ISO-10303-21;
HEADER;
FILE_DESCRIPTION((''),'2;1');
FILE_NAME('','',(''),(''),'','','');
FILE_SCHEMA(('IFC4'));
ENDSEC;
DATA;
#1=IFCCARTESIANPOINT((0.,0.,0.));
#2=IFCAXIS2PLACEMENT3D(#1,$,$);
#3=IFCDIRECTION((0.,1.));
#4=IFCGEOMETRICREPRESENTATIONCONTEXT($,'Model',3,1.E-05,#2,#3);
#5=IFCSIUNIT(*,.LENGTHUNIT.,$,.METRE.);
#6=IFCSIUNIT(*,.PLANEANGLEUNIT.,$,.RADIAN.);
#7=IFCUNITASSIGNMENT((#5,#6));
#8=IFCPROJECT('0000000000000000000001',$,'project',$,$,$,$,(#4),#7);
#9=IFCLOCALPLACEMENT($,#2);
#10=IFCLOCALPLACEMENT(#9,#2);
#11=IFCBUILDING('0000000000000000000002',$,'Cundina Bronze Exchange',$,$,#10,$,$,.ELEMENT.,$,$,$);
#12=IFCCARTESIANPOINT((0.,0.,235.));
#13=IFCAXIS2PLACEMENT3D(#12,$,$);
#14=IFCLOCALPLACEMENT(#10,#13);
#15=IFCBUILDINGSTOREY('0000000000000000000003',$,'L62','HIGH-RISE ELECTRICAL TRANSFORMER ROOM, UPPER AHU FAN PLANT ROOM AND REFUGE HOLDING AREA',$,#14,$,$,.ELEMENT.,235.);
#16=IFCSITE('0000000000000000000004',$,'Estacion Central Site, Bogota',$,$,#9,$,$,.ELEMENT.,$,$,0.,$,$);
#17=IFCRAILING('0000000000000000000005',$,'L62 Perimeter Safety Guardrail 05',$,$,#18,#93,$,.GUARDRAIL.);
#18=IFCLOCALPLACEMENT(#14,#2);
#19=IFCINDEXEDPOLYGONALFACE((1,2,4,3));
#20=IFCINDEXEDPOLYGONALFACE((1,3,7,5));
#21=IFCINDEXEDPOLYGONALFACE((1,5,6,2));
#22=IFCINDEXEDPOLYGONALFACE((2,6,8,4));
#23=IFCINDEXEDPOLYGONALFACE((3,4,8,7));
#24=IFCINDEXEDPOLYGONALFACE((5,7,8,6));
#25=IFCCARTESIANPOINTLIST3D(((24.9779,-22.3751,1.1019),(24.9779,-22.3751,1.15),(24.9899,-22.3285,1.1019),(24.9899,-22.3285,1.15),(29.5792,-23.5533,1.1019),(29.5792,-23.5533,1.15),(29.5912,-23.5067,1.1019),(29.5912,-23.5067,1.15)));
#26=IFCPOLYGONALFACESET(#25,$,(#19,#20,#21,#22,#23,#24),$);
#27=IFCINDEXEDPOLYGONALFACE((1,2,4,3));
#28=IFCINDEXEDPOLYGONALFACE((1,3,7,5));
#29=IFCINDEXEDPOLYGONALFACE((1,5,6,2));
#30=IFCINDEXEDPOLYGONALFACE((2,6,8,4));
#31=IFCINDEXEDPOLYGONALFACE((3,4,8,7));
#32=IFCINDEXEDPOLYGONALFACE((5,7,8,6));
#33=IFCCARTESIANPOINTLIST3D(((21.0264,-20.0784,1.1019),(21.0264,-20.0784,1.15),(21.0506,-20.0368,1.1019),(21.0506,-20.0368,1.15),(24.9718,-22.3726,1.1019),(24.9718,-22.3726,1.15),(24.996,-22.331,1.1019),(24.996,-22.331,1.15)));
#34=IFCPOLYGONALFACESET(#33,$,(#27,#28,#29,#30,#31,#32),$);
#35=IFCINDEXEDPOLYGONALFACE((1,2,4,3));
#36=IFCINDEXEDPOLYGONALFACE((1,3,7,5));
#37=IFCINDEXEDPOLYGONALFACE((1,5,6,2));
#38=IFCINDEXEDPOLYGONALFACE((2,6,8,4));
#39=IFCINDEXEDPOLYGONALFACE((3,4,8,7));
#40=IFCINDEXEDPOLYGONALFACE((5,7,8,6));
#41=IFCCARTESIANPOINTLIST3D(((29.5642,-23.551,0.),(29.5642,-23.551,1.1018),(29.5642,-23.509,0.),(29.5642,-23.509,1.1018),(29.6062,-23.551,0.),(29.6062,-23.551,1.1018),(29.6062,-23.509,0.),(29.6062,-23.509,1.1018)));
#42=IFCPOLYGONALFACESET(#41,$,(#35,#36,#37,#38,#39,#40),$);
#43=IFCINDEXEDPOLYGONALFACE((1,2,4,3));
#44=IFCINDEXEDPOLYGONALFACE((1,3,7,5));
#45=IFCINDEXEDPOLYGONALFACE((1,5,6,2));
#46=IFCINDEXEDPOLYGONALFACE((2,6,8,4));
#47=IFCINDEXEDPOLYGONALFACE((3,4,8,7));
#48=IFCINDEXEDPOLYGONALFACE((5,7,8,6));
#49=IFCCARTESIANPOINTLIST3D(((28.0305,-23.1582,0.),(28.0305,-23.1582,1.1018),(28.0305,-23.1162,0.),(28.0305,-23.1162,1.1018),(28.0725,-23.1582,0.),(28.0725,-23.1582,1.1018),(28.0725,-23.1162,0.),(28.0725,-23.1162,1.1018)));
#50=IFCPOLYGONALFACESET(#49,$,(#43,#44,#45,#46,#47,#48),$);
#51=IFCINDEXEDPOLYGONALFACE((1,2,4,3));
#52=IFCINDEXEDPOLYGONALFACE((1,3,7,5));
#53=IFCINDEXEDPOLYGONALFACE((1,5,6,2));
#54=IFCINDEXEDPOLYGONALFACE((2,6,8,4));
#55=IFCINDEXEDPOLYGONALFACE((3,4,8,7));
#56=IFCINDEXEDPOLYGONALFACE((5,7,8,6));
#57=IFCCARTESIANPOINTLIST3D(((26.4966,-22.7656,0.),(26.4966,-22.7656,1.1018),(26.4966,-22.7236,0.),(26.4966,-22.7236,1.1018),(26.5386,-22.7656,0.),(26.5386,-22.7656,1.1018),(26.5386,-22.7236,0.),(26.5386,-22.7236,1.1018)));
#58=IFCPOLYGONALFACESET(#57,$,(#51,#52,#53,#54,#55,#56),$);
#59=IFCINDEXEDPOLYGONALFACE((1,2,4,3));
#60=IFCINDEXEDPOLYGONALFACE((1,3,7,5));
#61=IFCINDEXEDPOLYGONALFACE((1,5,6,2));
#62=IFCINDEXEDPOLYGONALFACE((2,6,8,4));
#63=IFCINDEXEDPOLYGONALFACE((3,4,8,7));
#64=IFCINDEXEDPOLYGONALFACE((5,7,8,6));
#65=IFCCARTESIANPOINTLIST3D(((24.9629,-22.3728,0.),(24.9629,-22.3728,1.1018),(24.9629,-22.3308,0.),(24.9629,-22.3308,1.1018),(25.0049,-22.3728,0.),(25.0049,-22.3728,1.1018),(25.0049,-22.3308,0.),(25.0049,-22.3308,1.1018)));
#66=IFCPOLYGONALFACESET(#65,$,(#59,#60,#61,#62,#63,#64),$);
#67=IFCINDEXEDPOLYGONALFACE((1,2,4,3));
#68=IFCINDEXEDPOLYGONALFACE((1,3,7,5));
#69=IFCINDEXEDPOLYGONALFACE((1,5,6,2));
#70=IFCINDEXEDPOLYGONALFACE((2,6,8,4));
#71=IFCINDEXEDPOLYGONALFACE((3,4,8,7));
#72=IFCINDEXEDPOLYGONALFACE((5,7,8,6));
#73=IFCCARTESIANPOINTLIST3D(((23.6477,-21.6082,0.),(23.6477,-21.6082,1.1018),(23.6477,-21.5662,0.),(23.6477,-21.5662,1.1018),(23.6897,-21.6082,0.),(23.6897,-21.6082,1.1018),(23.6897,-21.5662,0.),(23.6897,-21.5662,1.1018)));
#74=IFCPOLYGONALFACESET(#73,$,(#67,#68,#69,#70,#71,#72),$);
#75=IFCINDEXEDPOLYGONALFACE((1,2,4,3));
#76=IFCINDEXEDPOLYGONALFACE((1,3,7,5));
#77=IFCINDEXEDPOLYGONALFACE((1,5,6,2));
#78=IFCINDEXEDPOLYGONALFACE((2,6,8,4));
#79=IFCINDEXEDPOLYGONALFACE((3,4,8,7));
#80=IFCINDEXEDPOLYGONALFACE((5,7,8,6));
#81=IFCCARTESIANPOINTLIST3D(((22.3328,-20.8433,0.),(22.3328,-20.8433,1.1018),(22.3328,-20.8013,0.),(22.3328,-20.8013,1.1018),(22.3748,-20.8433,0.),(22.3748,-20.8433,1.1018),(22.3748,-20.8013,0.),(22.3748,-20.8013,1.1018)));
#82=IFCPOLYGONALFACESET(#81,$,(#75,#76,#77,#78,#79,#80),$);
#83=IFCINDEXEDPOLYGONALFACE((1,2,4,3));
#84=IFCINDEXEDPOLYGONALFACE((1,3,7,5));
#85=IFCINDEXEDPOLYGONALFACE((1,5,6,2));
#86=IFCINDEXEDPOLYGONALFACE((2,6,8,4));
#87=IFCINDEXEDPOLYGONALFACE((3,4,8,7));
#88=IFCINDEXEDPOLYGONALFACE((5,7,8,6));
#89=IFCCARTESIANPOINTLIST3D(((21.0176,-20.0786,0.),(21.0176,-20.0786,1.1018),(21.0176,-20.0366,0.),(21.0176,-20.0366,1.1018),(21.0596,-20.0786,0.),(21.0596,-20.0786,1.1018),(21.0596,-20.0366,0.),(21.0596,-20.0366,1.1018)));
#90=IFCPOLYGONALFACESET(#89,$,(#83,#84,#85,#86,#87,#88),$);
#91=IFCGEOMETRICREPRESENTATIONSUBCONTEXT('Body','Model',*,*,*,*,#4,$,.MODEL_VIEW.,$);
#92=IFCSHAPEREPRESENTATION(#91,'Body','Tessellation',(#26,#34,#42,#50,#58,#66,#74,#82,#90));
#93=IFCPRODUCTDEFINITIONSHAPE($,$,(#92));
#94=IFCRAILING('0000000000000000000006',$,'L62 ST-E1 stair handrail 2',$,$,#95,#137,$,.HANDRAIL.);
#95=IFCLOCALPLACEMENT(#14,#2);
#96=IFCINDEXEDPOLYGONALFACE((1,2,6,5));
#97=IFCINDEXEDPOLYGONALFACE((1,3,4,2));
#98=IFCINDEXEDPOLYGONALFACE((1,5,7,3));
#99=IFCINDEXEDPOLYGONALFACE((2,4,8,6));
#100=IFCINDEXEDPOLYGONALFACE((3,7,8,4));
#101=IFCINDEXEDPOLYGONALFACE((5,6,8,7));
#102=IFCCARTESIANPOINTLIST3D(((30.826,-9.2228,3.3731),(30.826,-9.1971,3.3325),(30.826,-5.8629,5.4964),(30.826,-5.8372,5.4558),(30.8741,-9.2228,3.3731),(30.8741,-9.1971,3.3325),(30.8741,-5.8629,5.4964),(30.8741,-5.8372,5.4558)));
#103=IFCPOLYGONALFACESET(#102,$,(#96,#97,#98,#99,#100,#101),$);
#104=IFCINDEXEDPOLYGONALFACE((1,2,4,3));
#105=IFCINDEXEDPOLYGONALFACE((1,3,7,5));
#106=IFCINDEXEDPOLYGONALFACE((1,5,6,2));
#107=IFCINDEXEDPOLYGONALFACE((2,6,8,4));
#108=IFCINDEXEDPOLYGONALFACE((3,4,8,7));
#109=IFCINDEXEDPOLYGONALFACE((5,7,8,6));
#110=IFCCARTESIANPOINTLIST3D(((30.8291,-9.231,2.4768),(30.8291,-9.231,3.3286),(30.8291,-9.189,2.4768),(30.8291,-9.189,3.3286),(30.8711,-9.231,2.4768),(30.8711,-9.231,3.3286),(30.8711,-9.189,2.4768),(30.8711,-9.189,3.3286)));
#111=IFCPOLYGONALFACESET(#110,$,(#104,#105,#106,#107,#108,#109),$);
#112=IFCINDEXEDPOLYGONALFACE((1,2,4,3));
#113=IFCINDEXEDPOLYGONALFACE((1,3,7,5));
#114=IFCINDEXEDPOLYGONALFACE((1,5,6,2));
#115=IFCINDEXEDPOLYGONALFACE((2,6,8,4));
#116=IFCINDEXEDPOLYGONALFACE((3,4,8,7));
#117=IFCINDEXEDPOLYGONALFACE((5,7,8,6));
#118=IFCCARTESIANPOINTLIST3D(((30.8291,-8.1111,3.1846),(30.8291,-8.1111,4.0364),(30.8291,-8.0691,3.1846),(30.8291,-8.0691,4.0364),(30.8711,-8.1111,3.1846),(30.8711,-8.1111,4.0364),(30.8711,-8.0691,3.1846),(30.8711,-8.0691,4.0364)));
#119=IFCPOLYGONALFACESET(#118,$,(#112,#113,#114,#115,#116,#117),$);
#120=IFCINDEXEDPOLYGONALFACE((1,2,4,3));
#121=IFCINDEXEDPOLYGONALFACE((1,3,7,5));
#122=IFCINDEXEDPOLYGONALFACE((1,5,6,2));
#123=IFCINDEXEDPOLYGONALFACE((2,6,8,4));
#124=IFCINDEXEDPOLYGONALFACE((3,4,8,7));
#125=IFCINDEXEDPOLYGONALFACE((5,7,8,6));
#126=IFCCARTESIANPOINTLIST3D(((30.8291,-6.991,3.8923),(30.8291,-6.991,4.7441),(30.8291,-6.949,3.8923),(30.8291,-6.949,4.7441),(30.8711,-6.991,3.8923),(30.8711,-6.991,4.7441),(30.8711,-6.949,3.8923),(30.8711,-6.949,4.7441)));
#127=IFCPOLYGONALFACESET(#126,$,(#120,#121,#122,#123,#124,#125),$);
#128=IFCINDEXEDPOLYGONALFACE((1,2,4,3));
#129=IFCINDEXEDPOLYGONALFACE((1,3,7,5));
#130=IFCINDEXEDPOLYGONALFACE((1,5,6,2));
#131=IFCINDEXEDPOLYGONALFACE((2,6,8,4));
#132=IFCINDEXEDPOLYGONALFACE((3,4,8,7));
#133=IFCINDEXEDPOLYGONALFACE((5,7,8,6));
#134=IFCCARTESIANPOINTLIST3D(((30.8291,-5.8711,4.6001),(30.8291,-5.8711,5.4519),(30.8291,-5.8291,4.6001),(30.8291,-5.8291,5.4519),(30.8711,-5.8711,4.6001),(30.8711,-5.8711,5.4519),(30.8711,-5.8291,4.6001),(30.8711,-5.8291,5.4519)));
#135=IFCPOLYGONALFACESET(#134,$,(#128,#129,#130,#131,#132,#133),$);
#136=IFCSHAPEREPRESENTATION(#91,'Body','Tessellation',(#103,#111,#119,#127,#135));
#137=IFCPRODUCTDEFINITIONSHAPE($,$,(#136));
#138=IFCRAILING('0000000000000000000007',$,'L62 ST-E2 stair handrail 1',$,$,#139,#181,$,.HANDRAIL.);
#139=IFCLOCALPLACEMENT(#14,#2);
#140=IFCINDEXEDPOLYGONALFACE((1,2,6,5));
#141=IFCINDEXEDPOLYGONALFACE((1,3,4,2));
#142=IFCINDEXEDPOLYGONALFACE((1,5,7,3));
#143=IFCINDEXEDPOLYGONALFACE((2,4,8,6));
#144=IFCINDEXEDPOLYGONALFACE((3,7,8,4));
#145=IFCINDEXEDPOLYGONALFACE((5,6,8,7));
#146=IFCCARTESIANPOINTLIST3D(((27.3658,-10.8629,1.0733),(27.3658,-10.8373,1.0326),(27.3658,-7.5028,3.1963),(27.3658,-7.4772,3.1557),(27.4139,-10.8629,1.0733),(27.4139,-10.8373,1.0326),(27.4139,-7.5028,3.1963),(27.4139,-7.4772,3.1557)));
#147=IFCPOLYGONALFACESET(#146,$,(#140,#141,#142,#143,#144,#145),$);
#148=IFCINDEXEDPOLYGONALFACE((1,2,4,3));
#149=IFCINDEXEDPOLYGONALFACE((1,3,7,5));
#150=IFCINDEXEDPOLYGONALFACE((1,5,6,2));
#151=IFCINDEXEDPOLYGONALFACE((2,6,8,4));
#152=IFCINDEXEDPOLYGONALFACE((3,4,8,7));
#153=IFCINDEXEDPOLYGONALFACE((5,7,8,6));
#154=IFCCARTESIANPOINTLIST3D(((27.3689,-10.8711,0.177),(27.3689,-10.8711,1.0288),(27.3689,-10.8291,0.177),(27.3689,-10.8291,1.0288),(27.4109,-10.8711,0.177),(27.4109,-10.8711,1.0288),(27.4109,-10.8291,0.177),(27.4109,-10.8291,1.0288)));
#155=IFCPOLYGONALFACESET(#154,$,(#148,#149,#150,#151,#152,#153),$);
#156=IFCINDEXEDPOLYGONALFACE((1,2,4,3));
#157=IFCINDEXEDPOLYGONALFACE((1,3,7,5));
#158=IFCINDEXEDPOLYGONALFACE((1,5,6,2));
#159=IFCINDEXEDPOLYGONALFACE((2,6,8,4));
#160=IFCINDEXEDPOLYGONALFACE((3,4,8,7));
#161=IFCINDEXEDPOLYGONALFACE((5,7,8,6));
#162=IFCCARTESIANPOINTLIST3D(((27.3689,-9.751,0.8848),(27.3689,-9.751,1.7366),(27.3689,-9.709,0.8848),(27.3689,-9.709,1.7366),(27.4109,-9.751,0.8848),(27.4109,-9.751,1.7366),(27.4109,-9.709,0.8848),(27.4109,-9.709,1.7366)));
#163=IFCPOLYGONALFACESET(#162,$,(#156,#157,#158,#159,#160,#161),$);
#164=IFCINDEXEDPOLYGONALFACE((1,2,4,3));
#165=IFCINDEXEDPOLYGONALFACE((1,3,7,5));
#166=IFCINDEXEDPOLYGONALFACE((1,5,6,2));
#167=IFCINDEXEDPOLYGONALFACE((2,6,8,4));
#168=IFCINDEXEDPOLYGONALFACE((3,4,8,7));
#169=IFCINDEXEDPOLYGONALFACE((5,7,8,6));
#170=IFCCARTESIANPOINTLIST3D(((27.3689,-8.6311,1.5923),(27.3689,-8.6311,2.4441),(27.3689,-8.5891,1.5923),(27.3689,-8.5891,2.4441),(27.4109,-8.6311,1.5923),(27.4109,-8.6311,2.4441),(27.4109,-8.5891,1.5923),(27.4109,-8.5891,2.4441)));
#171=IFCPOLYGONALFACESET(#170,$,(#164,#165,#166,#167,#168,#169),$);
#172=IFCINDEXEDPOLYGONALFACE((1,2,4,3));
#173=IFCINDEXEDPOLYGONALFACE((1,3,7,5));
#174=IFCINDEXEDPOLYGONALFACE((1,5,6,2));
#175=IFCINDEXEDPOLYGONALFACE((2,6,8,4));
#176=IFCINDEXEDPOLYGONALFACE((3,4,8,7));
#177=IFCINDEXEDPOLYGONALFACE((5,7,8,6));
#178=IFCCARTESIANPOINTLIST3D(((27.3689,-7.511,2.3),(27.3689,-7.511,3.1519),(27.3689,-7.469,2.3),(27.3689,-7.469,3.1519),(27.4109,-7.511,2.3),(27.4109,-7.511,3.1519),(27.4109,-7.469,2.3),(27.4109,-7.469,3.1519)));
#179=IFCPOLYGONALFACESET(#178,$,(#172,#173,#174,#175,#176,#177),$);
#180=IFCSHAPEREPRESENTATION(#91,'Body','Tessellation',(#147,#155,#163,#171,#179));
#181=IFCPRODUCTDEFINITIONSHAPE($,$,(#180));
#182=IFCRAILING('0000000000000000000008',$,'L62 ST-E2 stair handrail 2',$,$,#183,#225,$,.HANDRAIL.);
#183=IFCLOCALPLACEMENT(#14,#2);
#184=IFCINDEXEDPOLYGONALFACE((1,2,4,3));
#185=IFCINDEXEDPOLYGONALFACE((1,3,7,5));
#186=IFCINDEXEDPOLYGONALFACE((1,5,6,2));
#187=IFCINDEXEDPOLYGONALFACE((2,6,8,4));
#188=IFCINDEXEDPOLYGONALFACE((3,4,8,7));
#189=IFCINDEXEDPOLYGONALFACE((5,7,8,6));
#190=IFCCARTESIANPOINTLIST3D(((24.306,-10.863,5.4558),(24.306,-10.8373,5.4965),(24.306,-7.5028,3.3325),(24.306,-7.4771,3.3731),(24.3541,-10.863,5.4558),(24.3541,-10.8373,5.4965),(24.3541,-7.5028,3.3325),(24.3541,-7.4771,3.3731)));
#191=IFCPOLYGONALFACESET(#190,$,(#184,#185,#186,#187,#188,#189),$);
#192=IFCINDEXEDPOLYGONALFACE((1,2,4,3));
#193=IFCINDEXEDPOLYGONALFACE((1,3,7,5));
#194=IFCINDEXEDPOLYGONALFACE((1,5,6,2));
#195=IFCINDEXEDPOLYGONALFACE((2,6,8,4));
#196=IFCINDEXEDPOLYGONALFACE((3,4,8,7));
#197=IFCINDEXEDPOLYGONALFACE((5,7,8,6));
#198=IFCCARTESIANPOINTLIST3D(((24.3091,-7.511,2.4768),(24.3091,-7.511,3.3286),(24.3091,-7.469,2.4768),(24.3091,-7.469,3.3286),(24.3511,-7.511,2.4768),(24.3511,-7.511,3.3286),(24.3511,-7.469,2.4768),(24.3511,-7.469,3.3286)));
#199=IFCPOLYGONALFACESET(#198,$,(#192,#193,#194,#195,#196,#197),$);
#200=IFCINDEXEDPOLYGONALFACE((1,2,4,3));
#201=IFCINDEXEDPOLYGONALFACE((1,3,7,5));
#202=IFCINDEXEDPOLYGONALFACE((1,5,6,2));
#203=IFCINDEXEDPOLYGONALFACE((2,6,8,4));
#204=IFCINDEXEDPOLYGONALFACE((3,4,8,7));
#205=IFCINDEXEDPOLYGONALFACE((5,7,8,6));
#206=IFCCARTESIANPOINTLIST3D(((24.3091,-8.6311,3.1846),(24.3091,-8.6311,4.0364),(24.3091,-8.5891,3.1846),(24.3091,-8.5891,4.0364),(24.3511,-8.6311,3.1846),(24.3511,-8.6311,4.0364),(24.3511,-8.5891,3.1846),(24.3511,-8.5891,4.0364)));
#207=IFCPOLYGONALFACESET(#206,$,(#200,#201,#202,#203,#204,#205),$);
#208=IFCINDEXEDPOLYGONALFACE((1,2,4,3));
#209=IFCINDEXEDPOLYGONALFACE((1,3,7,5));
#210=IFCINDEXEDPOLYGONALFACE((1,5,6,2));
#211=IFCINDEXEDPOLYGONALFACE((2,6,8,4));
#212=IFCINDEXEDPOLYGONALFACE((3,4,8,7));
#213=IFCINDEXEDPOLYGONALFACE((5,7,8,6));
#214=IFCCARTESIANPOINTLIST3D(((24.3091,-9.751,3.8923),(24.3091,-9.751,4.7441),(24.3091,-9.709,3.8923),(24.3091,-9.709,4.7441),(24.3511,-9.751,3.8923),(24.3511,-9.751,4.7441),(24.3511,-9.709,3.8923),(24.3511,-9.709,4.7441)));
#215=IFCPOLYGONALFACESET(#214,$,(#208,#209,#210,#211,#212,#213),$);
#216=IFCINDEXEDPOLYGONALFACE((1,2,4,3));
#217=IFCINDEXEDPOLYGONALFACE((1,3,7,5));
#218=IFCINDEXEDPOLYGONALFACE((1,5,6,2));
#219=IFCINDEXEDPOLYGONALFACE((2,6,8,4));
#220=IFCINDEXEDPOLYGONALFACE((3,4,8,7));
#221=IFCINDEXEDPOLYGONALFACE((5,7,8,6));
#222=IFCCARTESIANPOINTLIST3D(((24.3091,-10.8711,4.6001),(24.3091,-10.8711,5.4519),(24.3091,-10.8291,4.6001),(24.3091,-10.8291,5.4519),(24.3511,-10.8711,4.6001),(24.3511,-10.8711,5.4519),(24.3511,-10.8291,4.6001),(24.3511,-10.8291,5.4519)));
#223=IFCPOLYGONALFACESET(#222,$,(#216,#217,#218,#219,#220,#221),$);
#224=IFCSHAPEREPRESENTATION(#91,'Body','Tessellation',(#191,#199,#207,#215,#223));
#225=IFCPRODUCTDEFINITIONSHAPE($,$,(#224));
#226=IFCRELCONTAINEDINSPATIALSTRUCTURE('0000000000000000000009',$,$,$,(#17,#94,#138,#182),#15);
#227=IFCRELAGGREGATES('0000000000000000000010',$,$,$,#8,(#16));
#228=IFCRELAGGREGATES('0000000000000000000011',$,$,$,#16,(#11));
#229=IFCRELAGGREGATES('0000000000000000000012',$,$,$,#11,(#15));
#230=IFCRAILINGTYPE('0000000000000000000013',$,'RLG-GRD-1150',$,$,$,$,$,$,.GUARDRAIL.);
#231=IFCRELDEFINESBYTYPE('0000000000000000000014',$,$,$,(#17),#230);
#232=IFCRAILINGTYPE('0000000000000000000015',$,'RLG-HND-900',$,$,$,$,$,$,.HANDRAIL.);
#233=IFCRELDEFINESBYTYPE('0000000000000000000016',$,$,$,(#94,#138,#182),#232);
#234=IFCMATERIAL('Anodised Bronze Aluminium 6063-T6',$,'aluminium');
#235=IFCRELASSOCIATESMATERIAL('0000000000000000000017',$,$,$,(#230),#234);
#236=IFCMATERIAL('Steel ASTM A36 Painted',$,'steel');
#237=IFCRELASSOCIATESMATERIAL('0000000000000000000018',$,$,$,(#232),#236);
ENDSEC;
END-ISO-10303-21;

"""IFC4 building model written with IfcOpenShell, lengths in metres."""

from ifc_helpers import new_model, si_unit, direction, frame, origin, origin_2d, place, context, subcontext, project, spatial, rectangle, extrude, material, type_object, element, save


model = new_model("IFC4")

# Units and contexts
model_context = context("Model", 3, precision=1e-05, world=origin(), true_north=direction((0.0, 1.0)))
body_context = subcontext(model_context, "Body", "Model", "MODEL_VIEW")
ifc_project = project(units=[si_unit("LENGTHUNIT", "METRE"), si_unit("PLANEANGLEUNIT", "RADIAN")], contexts=[model_context])

# Site, building, storey
site_placement = place(None, origin())
site = spatial("IfcSite", under=ifc_project, at=site_placement, Name="Estacion Central Site, Bogota", CompositionType="ELEMENT", RefElevation=0.0)
building_placement = place(site_placement, origin())
building = spatial("IfcBuilding", under=site, at=building_placement, Name="Cundina Bronze Exchange", CompositionType="ELEMENT")
storey_placement = place(building_placement, frame((0.0, 0.0, 235.0)))
storey = spatial("IfcBuildingStorey", under=building, at=storey_placement, Name="L62", Description="HIGH-RISE ELECTRICAL TRANSFORMER ROOM, UPPER AHU FAN PLANT ROOM AND REFUGE HOLDING AREA", CompositionType="ELEMENT", Elevation=235.0)

# Shared definitions
ifc_material_1 = material(Name="Steel ASTM A36 Painted", Category="steel")

# Railings
ifc_material_2 = material(Name="Anodised Bronze Aluminium 6063-T6", Category="aluminium")
railing_type_1 = type_object("IfcRailingType", Name="RLG-GRD-1150", PredefinedType="GUARDRAIL", material=ifc_material_2)
railing_1_placement = place(storey_placement, frame((29.5852, -23.53, 0.0)))
element("IfcRailing", 1, at=railing_1_placement, inside=storey, type_object=railing_type_1, Name="L62 Perimeter Safety Guardrail 05", PredefinedType="GUARDRAIL", context=body_context, shape_type="SweptSolid", body=[
    extrude(rectangle(XDim=0.0481, YDim=0.0481, at=origin_2d()), frame((0.0, 0.0, 1.126), z_axis=(-0.968745, 0.248059, 0.0), x_axis=(-0.248059, -0.968745, 0.0)), (0.0, 0.0, 1.0), 4.7498),
    extrude(rectangle(XDim=0.0481, YDim=0.0481, at=origin_2d()), frame((-4.6013, 1.1782, 1.126), z_axis=(-0.864469, 0.502686, 0.0), x_axis=(-0.502686, -0.864469, 0.0)), (0.0, 0.0, 1.0), 4.564),
    extrude(rectangle(XDim=0.042, YDim=0.042, at=origin_2d()), origin(), (0.0, 0.0, 1.0), 1.1018),
    extrude(rectangle(XDim=0.042, YDim=0.042, at=origin_2d()), frame((-1.5337, 0.3928, 0.0)), (0.0, 0.0, 1.0), 1.1018),
    extrude(rectangle(XDim=0.042, YDim=0.042, at=origin_2d()), frame((-3.0676, 0.7854, 0.0)), (0.0, 0.0, 1.0), 1.1018),
    extrude(rectangle(XDim=0.042, YDim=0.042, at=origin_2d()), frame((-4.6013, 1.1782, 0.0)), (0.0, 0.0, 1.0), 1.1018),
    extrude(rectangle(XDim=0.042, YDim=0.042, at=origin_2d()), frame((-5.9165, 1.9429, 0.0)), (0.0, 0.0, 1.0), 1.1018),
    extrude(rectangle(XDim=0.042, YDim=0.042, at=origin_2d()), frame((-7.2314, 2.7078, 0.0)), (0.0, 0.0, 1.0), 1.1018),
    extrude(rectangle(XDim=0.042, YDim=0.042, at=origin_2d()), frame((-8.5466, 3.4724, 0.0)), (0.0, 0.0, 1.0), 1.1018),
])
railing_type_2 = type_object("IfcRailingType", Name="RLG-HND-900", PredefinedType="HANDRAIL", material=ifc_material_1)
railing_2_placement = place(storey_placement, frame((30.8501, -9.21, 2.4768)))
element("IfcRailing", 2, at=railing_2_placement, inside=storey, type_object=railing_type_2, Name="L62 ST-E1 stair handrail 2", PredefinedType="HANDRAIL", context=body_context, shape_type="SweptSolid", body=[
    extrude(rectangle(XDim=0.0481, YDim=0.0481, at=origin_2d()), frame((0.0, 0.0, 0.876), z_axis=(0.0, 0.845344, 0.534222), x_axis=(-1.0, 0.0, 0.0)), (0.0, 0.0, 1.0), 3.9746),
    extrude(rectangle(XDim=0.042, YDim=0.042, at=origin_2d()), origin(), (0.0, 0.0, 1.0), 0.8518),
    extrude(rectangle(XDim=0.042, YDim=0.042, at=origin_2d()), frame((0.0, 1.1199, 0.7078)), (0.0, 0.0, 1.0), 0.8518),
    extrude(rectangle(XDim=0.042, YDim=0.042, at=origin_2d()), frame((0.0, 2.24, 1.4155)), (0.0, 0.0, 1.0), 0.8518),
    extrude(rectangle(XDim=0.042, YDim=0.042, at=origin_2d()), frame((0.0, 3.3599, 2.1233)), (0.0, 0.0, 1.0), 0.8518),
])
railing_3_placement = place(storey_placement, frame((27.3899, -10.8501, 0.177)))
element("IfcRailing", 3, at=railing_3_placement, inside=storey, type_object=railing_type_2, Name="L62 ST-E2 stair handrail 1", PredefinedType="HANDRAIL", context=body_context, shape_type="SweptSolid", body=[
    extrude(rectangle(XDim=0.0481, YDim=0.0481, at=origin_2d()), frame((0.0, 0.0, 0.876), z_axis=(0.0, 0.84539, 0.53415), x_axis=(-1.0, 0.0, 0.0)), (0.0, 0.0, 1.0), 3.9746),
    extrude(rectangle(XDim=0.042, YDim=0.042, at=origin_2d()), origin(), (0.0, 0.0, 1.0), 0.8518),
    extrude(rectangle(XDim=0.042, YDim=0.042, at=origin_2d()), frame((0.0, 1.1201, 0.7078)), (0.0, 0.0, 1.0), 0.8518),
    extrude(rectangle(XDim=0.042, YDim=0.042, at=origin_2d()), frame((0.0, 2.24, 1.4153)), (0.0, 0.0, 1.0), 0.8518),
    extrude(rectangle(XDim=0.042, YDim=0.042, at=origin_2d()), frame((0.0, 3.3601, 2.123)), (0.0, 0.0, 1.0), 0.8518),
])
railing_4_placement = place(storey_placement, frame((24.3301, -7.49, 2.4768)))
element("IfcRailing", 4, at=railing_4_placement, inside=storey, type_object=railing_type_2, Name="L62 ST-E2 stair handrail 2", PredefinedType="HANDRAIL", context=body_context, shape_type="SweptSolid", body=[
    extrude(rectangle(XDim=0.0481, YDim=0.0481, at=origin_2d()), frame((0.0, 0.0, 0.876), z_axis=(0.0, -0.845362, 0.534194), x_axis=(1.0, 0.0, 0.0)), (0.0, 0.0, 1.0), 3.9749),
    extrude(rectangle(XDim=0.042, YDim=0.042, at=origin_2d()), origin(), (0.0, 0.0, 1.0), 0.8518),
    extrude(rectangle(XDim=0.042, YDim=0.042, at=origin_2d()), frame((0.0, -1.1201, 0.7078)), (0.0, 0.0, 1.0), 0.8518),
    extrude(rectangle(XDim=0.042, YDim=0.042, at=origin_2d()), frame((0.0, -2.24, 1.4155)), (0.0, 0.0, 1.0), 0.8518),
    extrude(rectangle(XDim=0.042, YDim=0.042, at=origin_2d()), frame((0.0, -3.3601, 2.1233)), (0.0, 0.0, 1.0), 0.8518),
])

save(model, "model.ifc")
